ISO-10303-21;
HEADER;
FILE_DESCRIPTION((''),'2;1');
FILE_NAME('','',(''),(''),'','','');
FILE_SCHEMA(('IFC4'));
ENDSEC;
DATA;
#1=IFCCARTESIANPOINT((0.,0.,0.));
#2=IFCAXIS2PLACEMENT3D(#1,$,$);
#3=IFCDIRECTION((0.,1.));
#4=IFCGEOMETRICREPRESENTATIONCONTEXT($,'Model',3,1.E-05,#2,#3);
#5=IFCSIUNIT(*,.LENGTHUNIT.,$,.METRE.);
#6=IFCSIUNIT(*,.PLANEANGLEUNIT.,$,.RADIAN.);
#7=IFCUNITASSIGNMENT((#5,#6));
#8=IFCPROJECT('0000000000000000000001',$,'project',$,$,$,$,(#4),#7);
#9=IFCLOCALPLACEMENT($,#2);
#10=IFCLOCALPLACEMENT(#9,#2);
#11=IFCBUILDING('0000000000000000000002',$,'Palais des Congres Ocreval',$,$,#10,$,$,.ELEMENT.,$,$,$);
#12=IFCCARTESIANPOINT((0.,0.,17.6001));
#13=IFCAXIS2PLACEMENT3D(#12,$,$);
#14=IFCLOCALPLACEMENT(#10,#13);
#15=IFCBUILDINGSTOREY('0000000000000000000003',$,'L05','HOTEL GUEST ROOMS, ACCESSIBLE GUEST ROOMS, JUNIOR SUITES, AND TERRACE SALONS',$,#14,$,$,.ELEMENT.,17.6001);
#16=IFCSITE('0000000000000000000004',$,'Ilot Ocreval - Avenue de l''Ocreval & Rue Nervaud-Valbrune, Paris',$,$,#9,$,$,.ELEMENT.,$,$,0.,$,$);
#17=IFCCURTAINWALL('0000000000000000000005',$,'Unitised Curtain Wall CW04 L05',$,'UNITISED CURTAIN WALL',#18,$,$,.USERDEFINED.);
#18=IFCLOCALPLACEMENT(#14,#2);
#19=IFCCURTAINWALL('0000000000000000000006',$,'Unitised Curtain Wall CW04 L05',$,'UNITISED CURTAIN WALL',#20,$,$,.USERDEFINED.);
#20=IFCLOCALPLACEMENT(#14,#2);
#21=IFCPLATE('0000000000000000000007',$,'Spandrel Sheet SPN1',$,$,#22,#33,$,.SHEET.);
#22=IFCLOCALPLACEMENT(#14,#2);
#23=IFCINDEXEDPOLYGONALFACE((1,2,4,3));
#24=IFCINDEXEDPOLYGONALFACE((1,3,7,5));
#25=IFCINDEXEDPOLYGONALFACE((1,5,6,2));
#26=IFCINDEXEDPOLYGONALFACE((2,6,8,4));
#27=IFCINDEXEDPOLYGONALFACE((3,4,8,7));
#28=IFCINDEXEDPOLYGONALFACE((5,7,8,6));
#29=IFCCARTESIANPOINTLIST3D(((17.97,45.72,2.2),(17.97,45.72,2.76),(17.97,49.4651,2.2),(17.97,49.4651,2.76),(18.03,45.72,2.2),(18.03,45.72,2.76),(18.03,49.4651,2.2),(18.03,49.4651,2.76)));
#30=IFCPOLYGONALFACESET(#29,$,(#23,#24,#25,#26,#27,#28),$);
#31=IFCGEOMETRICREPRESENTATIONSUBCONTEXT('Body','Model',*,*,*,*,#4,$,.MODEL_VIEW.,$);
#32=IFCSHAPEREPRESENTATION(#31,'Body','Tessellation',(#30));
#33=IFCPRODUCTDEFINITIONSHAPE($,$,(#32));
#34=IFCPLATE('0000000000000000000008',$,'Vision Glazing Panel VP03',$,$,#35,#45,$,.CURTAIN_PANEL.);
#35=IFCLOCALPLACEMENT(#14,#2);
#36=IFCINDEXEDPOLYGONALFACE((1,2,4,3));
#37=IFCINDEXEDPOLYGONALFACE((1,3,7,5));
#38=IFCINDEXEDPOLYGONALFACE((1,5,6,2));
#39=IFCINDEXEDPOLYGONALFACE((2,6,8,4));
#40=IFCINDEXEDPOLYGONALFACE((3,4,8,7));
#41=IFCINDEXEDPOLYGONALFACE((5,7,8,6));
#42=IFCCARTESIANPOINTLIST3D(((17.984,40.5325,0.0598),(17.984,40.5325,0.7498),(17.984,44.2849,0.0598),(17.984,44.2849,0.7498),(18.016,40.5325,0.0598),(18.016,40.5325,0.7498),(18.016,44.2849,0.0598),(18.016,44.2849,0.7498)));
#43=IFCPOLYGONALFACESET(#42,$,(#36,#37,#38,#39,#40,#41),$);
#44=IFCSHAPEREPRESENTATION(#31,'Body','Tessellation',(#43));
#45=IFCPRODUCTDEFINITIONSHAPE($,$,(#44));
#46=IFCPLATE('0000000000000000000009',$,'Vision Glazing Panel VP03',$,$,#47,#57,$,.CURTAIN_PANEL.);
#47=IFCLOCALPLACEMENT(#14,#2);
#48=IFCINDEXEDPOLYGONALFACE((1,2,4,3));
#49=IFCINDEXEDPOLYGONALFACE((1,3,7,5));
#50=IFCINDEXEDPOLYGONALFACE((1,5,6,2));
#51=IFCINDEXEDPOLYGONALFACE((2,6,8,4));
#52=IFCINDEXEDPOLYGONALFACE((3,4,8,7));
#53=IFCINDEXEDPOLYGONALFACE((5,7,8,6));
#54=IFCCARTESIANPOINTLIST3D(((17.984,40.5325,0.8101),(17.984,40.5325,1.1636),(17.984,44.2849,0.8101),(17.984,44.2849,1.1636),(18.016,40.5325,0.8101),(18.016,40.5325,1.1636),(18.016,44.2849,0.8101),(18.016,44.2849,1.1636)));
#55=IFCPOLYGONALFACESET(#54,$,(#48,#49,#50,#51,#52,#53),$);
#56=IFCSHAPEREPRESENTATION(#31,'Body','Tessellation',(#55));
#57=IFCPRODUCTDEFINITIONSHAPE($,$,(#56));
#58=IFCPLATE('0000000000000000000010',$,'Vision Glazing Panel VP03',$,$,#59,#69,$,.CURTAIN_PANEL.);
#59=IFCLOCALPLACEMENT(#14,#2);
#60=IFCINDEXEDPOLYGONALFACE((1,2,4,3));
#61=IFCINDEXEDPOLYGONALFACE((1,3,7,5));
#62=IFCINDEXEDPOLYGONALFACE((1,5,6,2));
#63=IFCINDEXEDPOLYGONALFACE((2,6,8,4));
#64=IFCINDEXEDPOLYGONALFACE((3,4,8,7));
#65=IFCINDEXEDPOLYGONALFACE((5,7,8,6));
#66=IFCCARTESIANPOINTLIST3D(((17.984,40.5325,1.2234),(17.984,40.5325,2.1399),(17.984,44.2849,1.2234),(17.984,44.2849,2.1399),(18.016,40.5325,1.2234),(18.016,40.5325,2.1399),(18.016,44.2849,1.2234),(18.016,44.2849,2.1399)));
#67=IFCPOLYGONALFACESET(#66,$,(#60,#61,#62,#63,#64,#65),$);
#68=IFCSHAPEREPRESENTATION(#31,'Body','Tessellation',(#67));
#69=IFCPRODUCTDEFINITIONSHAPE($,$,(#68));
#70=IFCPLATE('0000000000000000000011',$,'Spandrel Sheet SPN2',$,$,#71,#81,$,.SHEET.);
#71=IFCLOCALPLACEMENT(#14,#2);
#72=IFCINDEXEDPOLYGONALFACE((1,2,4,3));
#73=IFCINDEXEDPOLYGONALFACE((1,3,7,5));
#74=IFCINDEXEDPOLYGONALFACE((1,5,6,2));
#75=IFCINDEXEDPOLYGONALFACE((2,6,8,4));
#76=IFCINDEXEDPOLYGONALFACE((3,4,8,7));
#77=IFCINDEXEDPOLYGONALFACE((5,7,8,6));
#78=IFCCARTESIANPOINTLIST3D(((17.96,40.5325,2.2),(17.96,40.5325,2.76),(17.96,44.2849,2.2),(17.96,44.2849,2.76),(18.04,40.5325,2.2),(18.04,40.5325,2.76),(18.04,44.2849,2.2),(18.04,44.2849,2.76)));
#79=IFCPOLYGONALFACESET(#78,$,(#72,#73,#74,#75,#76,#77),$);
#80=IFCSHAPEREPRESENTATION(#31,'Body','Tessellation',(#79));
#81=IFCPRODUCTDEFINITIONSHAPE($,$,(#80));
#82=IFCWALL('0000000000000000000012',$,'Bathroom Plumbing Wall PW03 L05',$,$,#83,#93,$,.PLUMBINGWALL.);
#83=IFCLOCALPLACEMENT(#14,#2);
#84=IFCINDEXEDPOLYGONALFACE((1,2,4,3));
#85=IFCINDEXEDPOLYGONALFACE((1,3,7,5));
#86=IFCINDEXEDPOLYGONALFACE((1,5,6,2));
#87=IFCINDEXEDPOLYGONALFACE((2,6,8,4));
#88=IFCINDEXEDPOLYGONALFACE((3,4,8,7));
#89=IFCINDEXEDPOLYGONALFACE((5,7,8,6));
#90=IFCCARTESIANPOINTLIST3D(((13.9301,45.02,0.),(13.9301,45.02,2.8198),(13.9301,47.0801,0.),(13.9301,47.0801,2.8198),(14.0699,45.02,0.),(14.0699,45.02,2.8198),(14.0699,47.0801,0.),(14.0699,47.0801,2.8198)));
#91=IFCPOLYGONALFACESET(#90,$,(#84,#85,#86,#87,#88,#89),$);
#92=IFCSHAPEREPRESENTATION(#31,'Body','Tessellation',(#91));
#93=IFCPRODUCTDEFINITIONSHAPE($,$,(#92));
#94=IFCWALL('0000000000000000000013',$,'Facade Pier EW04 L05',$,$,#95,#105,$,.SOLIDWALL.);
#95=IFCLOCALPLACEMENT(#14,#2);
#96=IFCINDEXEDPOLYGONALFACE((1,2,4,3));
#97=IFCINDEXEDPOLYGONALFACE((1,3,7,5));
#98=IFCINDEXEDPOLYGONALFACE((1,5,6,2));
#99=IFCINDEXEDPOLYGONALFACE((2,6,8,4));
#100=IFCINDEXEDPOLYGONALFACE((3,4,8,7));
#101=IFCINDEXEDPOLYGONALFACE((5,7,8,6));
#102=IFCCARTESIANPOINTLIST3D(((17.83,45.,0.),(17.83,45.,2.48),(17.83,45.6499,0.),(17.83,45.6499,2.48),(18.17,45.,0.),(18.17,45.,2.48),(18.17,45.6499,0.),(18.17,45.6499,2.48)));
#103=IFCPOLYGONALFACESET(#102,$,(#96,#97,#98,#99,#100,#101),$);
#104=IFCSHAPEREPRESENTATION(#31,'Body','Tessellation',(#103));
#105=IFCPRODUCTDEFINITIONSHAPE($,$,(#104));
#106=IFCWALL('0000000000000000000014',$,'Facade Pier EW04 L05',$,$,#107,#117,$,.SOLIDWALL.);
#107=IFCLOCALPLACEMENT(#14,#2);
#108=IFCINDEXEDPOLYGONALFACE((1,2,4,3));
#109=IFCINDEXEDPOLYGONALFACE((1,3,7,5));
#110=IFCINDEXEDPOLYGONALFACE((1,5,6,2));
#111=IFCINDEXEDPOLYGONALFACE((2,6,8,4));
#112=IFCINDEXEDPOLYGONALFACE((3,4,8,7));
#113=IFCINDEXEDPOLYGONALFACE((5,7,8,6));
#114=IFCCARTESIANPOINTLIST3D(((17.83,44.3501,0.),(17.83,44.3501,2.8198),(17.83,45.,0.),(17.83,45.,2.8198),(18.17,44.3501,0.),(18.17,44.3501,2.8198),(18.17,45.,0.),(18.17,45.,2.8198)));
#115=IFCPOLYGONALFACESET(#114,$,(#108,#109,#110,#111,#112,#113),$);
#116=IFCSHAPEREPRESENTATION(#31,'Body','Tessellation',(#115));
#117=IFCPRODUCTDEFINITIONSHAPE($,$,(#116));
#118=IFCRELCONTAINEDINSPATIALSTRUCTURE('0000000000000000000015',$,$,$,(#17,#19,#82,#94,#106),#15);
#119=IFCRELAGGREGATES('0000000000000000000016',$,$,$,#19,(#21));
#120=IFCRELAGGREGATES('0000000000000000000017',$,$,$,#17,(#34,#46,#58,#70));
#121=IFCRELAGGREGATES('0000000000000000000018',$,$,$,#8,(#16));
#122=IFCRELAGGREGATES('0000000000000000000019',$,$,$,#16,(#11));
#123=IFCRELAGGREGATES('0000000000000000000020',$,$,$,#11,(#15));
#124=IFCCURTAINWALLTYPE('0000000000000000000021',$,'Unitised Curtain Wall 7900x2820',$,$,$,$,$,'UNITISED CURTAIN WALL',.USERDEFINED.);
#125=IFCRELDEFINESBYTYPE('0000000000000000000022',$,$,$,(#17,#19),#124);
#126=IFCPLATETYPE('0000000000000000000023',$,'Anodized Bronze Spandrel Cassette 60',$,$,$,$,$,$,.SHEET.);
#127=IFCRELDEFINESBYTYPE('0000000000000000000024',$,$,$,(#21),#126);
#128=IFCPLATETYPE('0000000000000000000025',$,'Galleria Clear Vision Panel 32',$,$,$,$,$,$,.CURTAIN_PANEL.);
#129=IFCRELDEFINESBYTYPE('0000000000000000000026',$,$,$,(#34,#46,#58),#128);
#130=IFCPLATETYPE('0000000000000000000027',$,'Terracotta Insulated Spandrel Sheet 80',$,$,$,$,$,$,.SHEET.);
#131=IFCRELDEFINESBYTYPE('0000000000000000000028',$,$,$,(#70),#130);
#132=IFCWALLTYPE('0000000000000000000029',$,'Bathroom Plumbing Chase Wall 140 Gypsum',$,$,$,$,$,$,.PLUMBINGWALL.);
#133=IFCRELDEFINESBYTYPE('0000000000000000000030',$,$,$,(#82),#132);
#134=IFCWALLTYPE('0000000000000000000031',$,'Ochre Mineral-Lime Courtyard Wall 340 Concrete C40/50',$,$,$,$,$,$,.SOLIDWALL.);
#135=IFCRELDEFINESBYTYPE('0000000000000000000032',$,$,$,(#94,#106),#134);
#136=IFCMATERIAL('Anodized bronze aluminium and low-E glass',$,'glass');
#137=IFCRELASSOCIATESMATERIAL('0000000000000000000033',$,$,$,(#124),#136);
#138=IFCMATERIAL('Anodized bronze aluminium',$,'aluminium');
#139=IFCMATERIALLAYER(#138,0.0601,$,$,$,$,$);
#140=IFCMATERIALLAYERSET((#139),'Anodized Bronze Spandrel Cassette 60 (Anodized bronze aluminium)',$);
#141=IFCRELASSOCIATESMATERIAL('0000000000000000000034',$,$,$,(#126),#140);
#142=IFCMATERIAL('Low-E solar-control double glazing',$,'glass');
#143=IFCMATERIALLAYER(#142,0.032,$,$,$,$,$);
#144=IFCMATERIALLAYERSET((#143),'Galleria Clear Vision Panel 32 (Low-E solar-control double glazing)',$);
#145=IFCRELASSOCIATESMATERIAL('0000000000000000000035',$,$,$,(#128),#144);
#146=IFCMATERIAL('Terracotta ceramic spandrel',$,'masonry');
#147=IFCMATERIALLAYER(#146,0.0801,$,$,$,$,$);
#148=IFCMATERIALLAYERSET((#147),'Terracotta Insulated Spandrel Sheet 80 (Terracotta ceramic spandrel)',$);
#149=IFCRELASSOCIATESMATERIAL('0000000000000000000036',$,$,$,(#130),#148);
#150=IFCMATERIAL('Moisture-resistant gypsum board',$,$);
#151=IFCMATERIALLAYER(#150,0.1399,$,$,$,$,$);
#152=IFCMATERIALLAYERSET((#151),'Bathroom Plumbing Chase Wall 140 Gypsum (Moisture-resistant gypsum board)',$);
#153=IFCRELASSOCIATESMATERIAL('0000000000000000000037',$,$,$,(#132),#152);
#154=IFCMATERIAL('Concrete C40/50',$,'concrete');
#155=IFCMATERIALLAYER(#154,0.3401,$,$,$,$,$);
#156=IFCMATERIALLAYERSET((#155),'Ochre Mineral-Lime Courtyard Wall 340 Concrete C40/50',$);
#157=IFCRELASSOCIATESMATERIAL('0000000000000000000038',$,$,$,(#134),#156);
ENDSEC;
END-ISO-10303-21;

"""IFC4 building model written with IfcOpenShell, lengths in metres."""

from ifc_helpers import new_model, si_unit, direction, frame, frame_2d, origin, origin_2d, place, context, subcontext, project, spatial, rectangle, extrude, material, layer, layer_set, type_object, element, aggregate, save


model = new_model("IFC4")

# Units and contexts
model_context = context("Model", 3, precision=1e-05, world=origin(), true_north=direction((0.0, 1.0)))
body_context = subcontext(model_context, "Body", "Model", "MODEL_VIEW")
ifc_project = project(units=[si_unit("LENGTHUNIT", "METRE"), si_unit("PLANEANGLEUNIT", "RADIAN")], contexts=[model_context])

# Site, building, storey
site_placement = place(None, origin())
site = spatial("IfcSite", under=ifc_project, at=site_placement, Name="Ilot Ocreval - Avenue de l'Ocreval & Rue Nervaud-Valbrune, Paris", CompositionType="ELEMENT", RefElevation=0.0)
building_placement = place(site_placement, origin())
building = spatial("IfcBuilding", under=site, at=building_placement, Name="Palais des Congres Ocreval", CompositionType="ELEMENT")
storey_placement = place(building_placement, frame((0.0, 0.0, 17.6001)))
storey = spatial("IfcBuildingStorey", under=building, at=storey_placement, Name="L05", Description="HOTEL GUEST ROOMS, ACCESSIBLE GUEST ROOMS, JUNIOR SUITES, AND TERRACE SALONS", CompositionType="ELEMENT", Elevation=17.6001)

# Shared definitions
ifc_material_1 = material(Name="Concrete C40/50", Category="concrete")

# Curtain wall
ifc_material_2 = material(Name="Anodized bronze aluminium and low-E glass", Category="glass")
curtain_wall_type = type_object("IfcCurtainWallType", Name="Unitised Curtain Wall 7900x2820", ElementType="UNITISED CURTAIN WALL", PredefinedType="USERDEFINED", material=ifc_material_2)
curtain_wall_1_placement = place(storey_placement, origin())
curtain_wall_1 = element("IfcCurtainWall", 1, at=curtain_wall_1_placement, inside=storey, type_object=curtain_wall_type, Name="Unitised Curtain Wall CW04 L05", ObjectType="UNITISED CURTAIN WALL", PredefinedType="USERDEFINED")
ifc_material_3 = material(Name="Anodized bronze aluminium", Category="aluminium")

# Curtain wall
curtain_wall_2_placement = place(storey_placement, origin())
curtain_wall_2 = element("IfcCurtainWall", 2, at=curtain_wall_2_placement, inside=storey, type_object=curtain_wall_type, Name="Unitised Curtain Wall CW04 L05", ObjectType="UNITISED CURTAIN WALL", PredefinedType="USERDEFINED")

# Plates
ifc_layer_1 = layer(ifc_material_3, 0.0601)
ifc_layer_set_1 = layer_set([ifc_layer_1], Name="Anodized Bronze Spandrel Cassette 60 (Anodized bronze aluminium)")
plate_type_1 = type_object("IfcPlateType", Name="Anodized Bronze Spandrel Cassette 60", PredefinedType="SHEET", material=ifc_layer_set_1)
plate_1_placement = place(storey_placement, frame((18.0, 47.5925, 2.2), z_axis=(0.0, 0.0, 1.0), x_axis=(0.0, -1.0, 0.0)))
plate_1 = element("IfcPlate", 3, at=plate_1_placement, type_object=plate_type_1, Name="Spandrel Sheet SPN1", PredefinedType="SHEET", context=body_context, shape_type="SweptSolid", body=[
    extrude(rectangle(XDim=3.7451, YDim=0.0601, at=origin_2d()), origin(), (0.0, 0.0, 1.0), 0.5601),
])
aggregate(curtain_wall_2, [plate_1])
ifc_material_4 = material(Name="Low-E solar-control double glazing", Category="glass")
ifc_layer_2 = layer(ifc_material_4, 0.032)
ifc_layer_set_2 = layer_set([ifc_layer_2], Name="Galleria Clear Vision Panel 32 (Low-E solar-control double glazing)")
plate_type_2 = type_object("IfcPlateType", Name="Galleria Clear Vision Panel 32", PredefinedType="CURTAIN_PANEL", material=ifc_layer_set_2)
plate_2_placement = place(storey_placement, frame((18.0, 42.4087, 0.0598), z_axis=(0.0, 0.0, 1.0), x_axis=(0.0, -1.0, 0.0)))
plate_2 = element("IfcPlate", 4, at=plate_2_placement, type_object=plate_type_2, Name="Vision Glazing Panel VP03", PredefinedType="CURTAIN_PANEL", context=body_context, shape_type="SweptSolid", body=[
    extrude(rectangle(XDim=3.7524, YDim=0.032, at=origin_2d()), origin(), (0.0, 0.0, 1.0), 0.6899),
])
plate_3_placement = place(storey_placement, frame((18.0, 42.4087, 0.8101), z_axis=(0.0, 0.0, 1.0), x_axis=(0.0, -1.0, 0.0)))
plate_3 = element("IfcPlate", 5, at=plate_3_placement, type_object=plate_type_2, Name="Vision Glazing Panel VP03", PredefinedType="CURTAIN_PANEL", context=body_context, shape_type="SweptSolid", body=[
    extrude(rectangle(XDim=3.7524, YDim=0.032, at=origin_2d()), origin(), (0.0, 0.0, 1.0), 0.3535),
])
plate_4_placement = place(storey_placement, frame((18.0, 42.4087, 1.2234), z_axis=(0.0, 0.0, 1.0), x_axis=(0.0, -1.0, 0.0)))
plate_4 = element("IfcPlate", 6, at=plate_4_placement, type_object=plate_type_2, Name="Vision Glazing Panel VP03", PredefinedType="CURTAIN_PANEL", context=body_context, shape_type="SweptSolid", body=[
    extrude(rectangle(XDim=3.7524, YDim=0.032, at=origin_2d()), origin(), (0.0, 0.0, 1.0), 0.9165),
])
ifc_material_5 = material(Name="Terracotta ceramic spandrel", Category="masonry")
ifc_layer_3 = layer(ifc_material_5, 0.0801)
ifc_layer_set_3 = layer_set([ifc_layer_3], Name="Terracotta Insulated Spandrel Sheet 80 (Terracotta ceramic spandrel)")
plate_type_3 = type_object("IfcPlateType", Name="Terracotta Insulated Spandrel Sheet 80", PredefinedType="SHEET", material=ifc_layer_set_3)
plate_5_placement = place(storey_placement, frame((18.0, 42.4087, 2.2), z_axis=(0.0, 0.0, 1.0), x_axis=(0.0, -1.0, 0.0)))
plate_5 = element("IfcPlate", 7, at=plate_5_placement, type_object=plate_type_3, Name="Spandrel Sheet SPN2", PredefinedType="SHEET", context=body_context, shape_type="SweptSolid", body=[
    extrude(rectangle(XDim=3.7524, YDim=0.0801, at=origin_2d()), origin(), (0.0, 0.0, 1.0), 0.5601),
])
aggregate(curtain_wall_1, [plate_2, plate_3, plate_4, plate_5])

# Walls
ifc_material_6 = material(Name="Moisture-resistant gypsum board")
ifc_layer_4 = layer(ifc_material_6, 0.1399)
ifc_layer_set_4 = layer_set([ifc_layer_4], Name="Bathroom Plumbing Chase Wall 140 Gypsum (Moisture-resistant gypsum board)")
wall_type_1 = type_object("IfcWallType", Name="Bathroom Plumbing Chase Wall 140 Gypsum", PredefinedType="PLUMBINGWALL", material=ifc_layer_set_4)
wall_1_placement = place(storey_placement, frame((14.0, 45.02, 0.0), z_axis=(0.0, 0.0, 1.0), x_axis=(0.0, 1.0, 0.0)))
element("IfcWall", 8, at=wall_1_placement, inside=storey, type_object=wall_type_1, Name="Bathroom Plumbing Wall PW03 L05", PredefinedType="PLUMBINGWALL", context=body_context, shape_type="SweptSolid", body=[
    extrude(rectangle(XDim=2.0601, YDim=0.1399, at=frame_2d((1.03, 0.0))), origin(), (0.0, 0.0, 1.0), 2.8198),
])
ifc_layer_5 = layer(ifc_material_1, 0.3401)
ifc_layer_set_5 = layer_set([ifc_layer_5], Name="Ochre Mineral-Lime Courtyard Wall 340 Concrete C40/50")
wall_type_2 = type_object("IfcWallType", Name="Ochre Mineral-Lime Courtyard Wall 340 Concrete C40/50", PredefinedType="SOLIDWALL", material=ifc_layer_set_5)
wall_2_placement = place(storey_placement, frame((18.0, 45.6499, 0.0), z_axis=(0.0, 0.0, 1.0), x_axis=(0.0, -1.0, 0.0)))
element("IfcWall", 9, at=wall_2_placement, inside=storey, type_object=wall_type_2, Name="Facade Pier EW04 L05", PredefinedType="SOLIDWALL", context=body_context, shape_type="SweptSolid", body=[
    extrude(rectangle(XDim=0.6499, YDim=0.3401, at=frame_2d((0.325, 0.0))), origin(), (0.0, 0.0, 1.0), 2.48),
])
wall_3_placement = place(storey_placement, frame((18.0, 45.0, 0.0), z_axis=(0.0, 0.0, 1.0), x_axis=(0.0, -1.0, 0.0)))
element("IfcWall", 10, at=wall_3_placement, inside=storey, type_object=wall_type_2, Name="Facade Pier EW04 L05", PredefinedType="SOLIDWALL", context=body_context, shape_type="SweptSolid", body=[
    extrude(rectangle(XDim=0.6499, YDim=0.3401, at=frame_2d((0.325, 0.0))), origin(), (0.0, 0.0, 1.0), 2.8198),
])

save(model, "model.ifc")
